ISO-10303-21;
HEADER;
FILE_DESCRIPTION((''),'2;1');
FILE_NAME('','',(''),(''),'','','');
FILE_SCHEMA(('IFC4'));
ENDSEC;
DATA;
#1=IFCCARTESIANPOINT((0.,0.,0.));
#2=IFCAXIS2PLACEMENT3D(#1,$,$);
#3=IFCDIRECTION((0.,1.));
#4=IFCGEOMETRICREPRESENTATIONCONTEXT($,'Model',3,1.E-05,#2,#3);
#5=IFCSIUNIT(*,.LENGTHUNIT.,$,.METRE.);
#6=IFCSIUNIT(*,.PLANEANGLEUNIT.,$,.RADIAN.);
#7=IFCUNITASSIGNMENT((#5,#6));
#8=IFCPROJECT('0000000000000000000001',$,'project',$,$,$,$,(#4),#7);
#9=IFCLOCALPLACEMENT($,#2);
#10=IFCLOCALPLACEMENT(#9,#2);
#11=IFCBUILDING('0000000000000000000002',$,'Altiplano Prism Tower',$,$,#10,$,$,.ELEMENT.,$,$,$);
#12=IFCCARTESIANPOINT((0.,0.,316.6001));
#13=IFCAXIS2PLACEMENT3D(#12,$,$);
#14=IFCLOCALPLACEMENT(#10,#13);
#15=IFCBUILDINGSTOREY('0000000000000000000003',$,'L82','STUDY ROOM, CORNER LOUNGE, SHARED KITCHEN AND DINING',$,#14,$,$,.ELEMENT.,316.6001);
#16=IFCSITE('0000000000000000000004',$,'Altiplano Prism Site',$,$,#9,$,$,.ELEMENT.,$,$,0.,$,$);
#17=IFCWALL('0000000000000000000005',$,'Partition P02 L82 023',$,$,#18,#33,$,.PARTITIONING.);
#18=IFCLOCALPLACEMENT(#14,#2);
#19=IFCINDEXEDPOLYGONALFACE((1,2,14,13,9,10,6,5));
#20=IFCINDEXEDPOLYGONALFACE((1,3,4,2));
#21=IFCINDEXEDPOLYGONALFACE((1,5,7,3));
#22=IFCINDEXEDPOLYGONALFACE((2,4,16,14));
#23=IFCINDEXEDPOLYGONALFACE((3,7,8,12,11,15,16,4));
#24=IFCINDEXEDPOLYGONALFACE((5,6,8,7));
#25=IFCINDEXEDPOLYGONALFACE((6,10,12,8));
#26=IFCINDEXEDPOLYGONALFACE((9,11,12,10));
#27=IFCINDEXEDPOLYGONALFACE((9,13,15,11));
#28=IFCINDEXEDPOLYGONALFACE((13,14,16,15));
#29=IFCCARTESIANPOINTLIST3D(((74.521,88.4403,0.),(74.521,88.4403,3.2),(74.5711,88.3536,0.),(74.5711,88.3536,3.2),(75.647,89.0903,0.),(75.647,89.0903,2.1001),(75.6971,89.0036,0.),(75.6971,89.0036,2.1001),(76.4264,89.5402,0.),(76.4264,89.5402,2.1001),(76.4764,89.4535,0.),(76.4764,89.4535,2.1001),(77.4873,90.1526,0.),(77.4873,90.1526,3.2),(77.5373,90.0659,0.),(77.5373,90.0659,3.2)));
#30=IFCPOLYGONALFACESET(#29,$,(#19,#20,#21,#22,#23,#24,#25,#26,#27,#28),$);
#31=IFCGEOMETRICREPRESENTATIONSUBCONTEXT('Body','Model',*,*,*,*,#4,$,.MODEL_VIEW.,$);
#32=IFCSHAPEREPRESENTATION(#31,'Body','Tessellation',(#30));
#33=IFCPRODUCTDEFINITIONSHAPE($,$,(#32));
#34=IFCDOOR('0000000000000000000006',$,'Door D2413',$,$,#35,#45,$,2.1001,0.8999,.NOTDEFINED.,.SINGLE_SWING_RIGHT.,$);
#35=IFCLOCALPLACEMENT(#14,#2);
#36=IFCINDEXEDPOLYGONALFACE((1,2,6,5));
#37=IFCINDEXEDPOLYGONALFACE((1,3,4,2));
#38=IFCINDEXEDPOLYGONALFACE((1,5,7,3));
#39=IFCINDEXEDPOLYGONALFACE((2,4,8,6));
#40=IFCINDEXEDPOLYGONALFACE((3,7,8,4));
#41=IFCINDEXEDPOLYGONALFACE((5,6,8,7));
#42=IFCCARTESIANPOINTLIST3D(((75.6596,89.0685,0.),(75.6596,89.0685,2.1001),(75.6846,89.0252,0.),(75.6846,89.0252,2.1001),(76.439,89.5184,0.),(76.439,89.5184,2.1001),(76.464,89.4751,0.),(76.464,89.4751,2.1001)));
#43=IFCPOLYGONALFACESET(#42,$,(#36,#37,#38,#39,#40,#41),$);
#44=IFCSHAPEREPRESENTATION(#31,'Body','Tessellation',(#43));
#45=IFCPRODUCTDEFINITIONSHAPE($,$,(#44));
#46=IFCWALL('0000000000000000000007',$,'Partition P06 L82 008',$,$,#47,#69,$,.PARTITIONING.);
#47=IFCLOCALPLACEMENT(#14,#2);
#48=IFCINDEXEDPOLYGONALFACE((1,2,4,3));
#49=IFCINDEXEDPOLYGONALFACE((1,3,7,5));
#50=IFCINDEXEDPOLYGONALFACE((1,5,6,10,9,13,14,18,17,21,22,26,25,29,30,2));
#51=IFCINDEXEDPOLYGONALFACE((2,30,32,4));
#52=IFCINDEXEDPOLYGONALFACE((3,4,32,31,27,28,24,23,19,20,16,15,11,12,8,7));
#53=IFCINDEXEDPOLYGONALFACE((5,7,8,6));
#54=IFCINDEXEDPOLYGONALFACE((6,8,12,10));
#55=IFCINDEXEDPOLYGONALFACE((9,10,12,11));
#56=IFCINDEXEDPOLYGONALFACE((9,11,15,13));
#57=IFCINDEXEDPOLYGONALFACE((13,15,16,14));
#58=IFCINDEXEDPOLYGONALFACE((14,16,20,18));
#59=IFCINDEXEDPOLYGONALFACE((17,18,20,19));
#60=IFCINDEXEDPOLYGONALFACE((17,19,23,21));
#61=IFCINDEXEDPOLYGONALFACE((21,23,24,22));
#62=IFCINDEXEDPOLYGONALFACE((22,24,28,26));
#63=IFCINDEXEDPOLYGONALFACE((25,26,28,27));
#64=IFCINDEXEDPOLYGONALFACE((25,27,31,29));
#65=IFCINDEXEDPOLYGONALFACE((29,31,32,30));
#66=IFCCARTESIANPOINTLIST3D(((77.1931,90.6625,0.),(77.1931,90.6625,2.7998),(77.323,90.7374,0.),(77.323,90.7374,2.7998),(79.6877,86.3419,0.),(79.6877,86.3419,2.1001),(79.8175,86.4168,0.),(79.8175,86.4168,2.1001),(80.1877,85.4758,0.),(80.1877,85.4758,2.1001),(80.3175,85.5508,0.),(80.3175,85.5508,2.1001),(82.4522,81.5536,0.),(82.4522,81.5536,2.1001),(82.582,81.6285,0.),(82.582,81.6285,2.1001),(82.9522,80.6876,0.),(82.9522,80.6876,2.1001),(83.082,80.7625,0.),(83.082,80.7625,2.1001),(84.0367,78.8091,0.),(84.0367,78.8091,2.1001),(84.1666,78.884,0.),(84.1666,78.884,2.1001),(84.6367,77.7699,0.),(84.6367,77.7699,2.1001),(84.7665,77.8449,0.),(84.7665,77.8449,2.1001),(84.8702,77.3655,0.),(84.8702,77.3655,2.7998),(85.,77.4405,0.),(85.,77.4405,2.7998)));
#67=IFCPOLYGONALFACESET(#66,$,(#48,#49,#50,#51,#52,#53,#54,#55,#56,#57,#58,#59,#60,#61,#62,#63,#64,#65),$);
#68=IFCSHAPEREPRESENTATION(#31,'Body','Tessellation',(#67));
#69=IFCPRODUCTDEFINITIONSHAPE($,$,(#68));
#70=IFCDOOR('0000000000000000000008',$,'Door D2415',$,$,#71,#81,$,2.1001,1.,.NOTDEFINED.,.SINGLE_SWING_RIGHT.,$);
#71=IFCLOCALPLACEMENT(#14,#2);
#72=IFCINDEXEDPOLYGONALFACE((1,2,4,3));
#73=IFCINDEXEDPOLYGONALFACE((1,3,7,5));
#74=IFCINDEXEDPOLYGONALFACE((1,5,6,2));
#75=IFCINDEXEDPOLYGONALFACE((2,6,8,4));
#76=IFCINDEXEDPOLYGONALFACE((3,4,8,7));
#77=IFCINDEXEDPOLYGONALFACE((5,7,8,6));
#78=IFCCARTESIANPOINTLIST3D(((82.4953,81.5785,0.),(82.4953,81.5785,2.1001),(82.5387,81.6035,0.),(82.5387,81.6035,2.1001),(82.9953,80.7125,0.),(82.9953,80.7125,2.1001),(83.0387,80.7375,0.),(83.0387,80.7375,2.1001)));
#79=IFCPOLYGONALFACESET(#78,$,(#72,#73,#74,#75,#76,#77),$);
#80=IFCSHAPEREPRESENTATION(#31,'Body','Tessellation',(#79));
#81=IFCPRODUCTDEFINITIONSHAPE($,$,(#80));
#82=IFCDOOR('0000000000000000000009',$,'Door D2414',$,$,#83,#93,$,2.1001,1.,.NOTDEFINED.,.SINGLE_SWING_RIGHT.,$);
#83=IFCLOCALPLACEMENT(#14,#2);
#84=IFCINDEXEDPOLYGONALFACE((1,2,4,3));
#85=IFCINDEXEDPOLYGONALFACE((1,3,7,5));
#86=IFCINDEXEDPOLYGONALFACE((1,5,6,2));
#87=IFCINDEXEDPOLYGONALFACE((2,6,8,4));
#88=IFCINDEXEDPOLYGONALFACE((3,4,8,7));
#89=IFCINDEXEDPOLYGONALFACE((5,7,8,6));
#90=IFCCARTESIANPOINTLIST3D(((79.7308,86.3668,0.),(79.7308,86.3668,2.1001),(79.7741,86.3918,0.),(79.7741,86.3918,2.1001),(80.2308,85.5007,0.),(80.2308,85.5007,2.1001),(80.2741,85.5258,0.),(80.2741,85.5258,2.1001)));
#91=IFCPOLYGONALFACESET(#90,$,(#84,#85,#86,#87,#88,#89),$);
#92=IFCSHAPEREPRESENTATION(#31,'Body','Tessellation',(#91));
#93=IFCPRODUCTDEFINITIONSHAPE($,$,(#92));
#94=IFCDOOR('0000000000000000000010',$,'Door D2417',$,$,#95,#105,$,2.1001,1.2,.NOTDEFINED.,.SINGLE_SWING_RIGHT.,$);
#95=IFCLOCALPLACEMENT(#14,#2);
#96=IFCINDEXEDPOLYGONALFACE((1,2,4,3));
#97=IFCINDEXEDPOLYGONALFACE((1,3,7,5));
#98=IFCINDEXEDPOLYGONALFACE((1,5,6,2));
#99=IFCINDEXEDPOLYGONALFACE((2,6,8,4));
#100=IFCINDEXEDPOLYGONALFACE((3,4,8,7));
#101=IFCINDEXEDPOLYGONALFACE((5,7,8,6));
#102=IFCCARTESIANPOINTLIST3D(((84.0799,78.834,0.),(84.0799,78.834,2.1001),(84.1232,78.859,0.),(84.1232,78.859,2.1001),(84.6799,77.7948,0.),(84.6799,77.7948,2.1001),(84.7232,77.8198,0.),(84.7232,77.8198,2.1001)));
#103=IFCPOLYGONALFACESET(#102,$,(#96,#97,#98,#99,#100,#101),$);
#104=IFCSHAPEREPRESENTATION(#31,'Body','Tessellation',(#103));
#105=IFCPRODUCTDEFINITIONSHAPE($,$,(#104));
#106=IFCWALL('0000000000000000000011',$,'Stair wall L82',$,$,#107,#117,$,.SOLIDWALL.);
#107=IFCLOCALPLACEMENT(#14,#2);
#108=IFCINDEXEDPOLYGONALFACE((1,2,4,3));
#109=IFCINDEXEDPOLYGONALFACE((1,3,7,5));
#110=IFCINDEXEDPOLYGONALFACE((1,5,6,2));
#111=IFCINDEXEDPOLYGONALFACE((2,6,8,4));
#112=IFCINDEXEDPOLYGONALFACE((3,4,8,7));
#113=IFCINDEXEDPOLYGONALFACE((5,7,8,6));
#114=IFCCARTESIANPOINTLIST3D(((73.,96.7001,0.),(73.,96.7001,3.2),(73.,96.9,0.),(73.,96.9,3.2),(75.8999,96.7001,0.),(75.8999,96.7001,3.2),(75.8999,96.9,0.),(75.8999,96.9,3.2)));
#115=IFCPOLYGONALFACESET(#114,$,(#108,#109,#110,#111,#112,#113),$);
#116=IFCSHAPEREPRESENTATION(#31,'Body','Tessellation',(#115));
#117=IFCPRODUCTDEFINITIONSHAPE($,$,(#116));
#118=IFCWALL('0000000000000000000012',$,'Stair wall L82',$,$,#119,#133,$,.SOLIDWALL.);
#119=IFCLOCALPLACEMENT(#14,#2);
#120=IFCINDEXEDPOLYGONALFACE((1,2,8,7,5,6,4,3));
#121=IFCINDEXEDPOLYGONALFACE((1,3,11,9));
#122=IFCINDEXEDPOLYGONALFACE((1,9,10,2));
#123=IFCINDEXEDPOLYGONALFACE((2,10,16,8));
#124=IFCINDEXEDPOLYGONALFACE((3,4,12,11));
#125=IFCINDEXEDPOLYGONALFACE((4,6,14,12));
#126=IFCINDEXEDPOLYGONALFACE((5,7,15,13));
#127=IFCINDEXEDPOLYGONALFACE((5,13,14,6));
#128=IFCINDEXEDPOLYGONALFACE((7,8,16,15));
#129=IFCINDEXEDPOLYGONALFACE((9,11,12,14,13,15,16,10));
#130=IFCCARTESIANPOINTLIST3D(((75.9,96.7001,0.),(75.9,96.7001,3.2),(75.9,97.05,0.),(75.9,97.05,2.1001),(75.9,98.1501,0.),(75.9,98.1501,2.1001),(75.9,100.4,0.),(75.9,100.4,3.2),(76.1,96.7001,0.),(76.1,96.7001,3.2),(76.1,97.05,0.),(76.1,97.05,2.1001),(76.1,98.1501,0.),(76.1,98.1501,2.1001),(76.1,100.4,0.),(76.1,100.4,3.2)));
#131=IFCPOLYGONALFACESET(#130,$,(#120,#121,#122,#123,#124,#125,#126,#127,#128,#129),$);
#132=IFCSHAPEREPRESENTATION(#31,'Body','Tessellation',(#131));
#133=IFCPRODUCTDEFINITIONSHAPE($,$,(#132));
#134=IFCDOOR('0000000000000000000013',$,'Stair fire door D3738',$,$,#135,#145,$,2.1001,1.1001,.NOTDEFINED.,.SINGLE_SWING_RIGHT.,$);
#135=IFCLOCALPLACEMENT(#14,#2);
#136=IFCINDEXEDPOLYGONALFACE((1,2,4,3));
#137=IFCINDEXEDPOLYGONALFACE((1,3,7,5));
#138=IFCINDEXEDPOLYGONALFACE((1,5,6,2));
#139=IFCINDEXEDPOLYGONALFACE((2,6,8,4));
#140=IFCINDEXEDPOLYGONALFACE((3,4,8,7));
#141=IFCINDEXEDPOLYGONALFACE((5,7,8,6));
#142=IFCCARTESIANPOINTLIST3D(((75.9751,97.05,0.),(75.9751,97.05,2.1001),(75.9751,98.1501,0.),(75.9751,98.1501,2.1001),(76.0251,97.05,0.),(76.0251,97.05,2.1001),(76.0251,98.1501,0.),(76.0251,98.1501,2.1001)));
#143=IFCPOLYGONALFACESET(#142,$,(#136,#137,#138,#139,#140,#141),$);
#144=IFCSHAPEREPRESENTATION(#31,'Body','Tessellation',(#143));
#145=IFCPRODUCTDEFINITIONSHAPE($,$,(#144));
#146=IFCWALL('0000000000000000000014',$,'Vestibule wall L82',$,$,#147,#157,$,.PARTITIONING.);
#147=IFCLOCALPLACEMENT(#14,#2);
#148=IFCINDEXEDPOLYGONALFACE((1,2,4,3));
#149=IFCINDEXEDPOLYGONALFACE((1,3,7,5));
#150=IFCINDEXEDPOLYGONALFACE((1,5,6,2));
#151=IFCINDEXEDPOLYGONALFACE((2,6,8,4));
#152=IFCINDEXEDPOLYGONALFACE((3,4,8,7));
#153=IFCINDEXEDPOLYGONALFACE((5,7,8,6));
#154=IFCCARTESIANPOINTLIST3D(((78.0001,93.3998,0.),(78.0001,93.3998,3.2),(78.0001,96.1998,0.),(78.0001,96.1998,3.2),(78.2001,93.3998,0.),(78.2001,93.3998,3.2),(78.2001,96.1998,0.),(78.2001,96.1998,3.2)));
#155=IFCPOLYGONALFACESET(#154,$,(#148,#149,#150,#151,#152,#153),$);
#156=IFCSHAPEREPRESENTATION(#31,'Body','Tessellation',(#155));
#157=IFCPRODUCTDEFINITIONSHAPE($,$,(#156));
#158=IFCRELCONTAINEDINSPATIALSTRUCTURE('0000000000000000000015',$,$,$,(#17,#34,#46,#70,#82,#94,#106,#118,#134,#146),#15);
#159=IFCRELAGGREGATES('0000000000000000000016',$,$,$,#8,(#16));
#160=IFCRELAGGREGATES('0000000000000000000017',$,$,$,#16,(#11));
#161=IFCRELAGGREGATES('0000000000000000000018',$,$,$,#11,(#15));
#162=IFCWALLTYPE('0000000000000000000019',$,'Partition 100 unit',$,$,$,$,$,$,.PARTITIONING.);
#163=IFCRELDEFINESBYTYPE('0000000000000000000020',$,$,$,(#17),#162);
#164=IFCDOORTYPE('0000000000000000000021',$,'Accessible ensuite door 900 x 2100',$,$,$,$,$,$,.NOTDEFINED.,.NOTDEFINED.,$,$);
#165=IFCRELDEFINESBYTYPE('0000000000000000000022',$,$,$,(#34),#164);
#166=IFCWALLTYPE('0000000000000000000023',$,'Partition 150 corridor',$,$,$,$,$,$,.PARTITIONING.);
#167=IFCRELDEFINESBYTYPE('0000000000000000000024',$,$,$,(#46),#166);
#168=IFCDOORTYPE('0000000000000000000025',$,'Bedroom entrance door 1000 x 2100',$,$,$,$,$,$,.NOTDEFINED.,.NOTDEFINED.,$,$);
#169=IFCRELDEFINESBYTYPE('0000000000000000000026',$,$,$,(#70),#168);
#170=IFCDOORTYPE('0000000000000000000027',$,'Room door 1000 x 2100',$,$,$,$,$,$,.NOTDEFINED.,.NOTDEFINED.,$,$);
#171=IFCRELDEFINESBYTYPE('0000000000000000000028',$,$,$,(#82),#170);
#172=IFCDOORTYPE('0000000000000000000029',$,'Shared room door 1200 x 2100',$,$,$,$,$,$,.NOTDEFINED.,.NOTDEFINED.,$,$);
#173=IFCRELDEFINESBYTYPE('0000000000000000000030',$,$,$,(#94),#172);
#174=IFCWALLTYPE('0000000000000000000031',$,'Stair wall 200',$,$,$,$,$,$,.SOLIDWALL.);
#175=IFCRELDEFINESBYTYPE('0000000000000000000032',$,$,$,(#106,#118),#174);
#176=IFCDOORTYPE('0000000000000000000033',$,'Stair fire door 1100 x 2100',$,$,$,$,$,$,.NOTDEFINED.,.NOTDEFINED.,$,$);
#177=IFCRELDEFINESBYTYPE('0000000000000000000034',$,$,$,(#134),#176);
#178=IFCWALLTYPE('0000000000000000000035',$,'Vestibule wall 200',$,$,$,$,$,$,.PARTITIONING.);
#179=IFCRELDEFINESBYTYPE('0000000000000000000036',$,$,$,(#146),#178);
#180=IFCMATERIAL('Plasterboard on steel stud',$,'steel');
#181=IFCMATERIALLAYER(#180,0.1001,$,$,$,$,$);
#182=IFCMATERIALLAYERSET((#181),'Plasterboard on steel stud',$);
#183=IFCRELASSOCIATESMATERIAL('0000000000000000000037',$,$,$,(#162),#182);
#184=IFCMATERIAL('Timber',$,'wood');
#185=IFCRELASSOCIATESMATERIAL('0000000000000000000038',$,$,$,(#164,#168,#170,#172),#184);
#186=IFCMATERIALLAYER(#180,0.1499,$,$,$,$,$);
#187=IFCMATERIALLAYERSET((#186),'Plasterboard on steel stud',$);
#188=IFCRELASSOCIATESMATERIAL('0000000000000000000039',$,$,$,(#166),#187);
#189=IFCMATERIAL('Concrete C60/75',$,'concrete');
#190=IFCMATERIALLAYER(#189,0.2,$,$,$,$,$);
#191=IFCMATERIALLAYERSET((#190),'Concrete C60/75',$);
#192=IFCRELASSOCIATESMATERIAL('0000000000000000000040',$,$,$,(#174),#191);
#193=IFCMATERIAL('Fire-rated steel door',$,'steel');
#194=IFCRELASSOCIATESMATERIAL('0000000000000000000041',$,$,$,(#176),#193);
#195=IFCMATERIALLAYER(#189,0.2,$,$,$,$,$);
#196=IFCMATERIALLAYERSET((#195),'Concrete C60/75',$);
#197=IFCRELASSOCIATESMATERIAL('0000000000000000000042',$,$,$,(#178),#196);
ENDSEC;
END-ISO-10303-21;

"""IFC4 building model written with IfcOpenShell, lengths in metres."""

from ifc_helpers import new_model, si_unit, direction, frame, frame_2d, origin, place, context, subcontext, project, spatial, rectangle, extrude, material, layer, layer_set, type_object, element, fill, save


model = new_model("IFC4")

# Units and contexts
model_context = context("Model", 3, precision=1e-05, world=origin(), true_north=direction((0.0, 1.0)))
body_context = subcontext(model_context, "Body", "Model", "MODEL_VIEW")
ifc_project = project(units=[si_unit("LENGTHUNIT", "METRE"), si_unit("PLANEANGLEUNIT", "RADIAN")], contexts=[model_context])

# Site, building, storey
site_placement = place(None, origin())
site = spatial("IfcSite", under=ifc_project, at=site_placement, Name="Altiplano Prism Site", CompositionType="ELEMENT", RefElevation=0.0)
building_placement = place(site_placement, origin())
building = spatial("IfcBuilding", under=site, at=building_placement, Name="Altiplano Prism Tower", CompositionType="ELEMENT")
storey_placement = place(building_placement, frame((0.0, 0.0, 316.6001)))
storey = spatial("IfcBuildingStorey", under=building, at=storey_placement, Name="L82", Description="STUDY ROOM, CORNER LOUNGE, SHARED KITCHEN AND DINING", CompositionType="ELEMENT", Elevation=316.6001)

# Shared definitions
ifc_material_1 = material(Name="Concrete C60/75", Category="concrete")

# Shared definitions
ifc_material_2 = material(Name="Fire-rated steel door", Category="steel")

# Shared definitions
ifc_material_3 = material(Name="Plasterboard on steel stud", Category="steel")
ifc_layer_1 = layer(ifc_material_3, 0.1001)
ifc_layer_set_1 = layer_set([ifc_layer_1], Name="Plasterboard on steel stud")
wall_type_1 = type_object("IfcWallType", Name="Partition 100 unit", PredefinedType="PARTITIONING", material=ifc_layer_set_1)

# Wall, opening, door
wall_1_placement = place(storey_placement, frame((74.5461, 88.397, 0.0), z_axis=(0.0, 0.0, 1.0), x_axis=(0.86605, 0.499957, 0.0)))
wall_1 = element("IfcWall", 1, at=wall_1_placement, inside=storey, type_object=wall_type_1, Name="Partition P02 L82 023", PredefinedType="PARTITIONING", context=body_context, shape_type="SweptSolid", body=[
    extrude(rectangle(XDim=3.425, YDim=0.1001, at=frame_2d((1.7124, 0.0))), origin(), (0.0, 0.0, 1.0), 3.2),
])
opening_1_placement = place(wall_1_placement, frame((1.3, 0.0, 0.0)))
opening_1 = element("IfcOpeningElement", 2, at=opening_1_placement, cuts=wall_1, PredefinedType="OPENING", context=body_context, shape_type="SweptSolid", body=[
    extrude(rectangle(XDim=0.8999, YDim=2.1001, at=frame_2d((0.45, 1.05))), frame((0.0, 0.0605, 0.0), z_axis=(0.0, -1.0, 0.0), x_axis=(1.0, 0.0, 0.0)), (0.0, 0.0, 1.0), 0.1211),
])
ifc_material_4 = material(Name="Timber", Category="wood")
door_type_1 = type_object("IfcDoorType", Name="Accessible ensuite door 900 x 2100", OperationType="NOTDEFINED", PredefinedType="NOTDEFINED", material=ifc_material_4)
door_1_placement = place(opening_1_placement, origin())
door_1 = element("IfcDoor", 3, at=door_1_placement, inside=storey, type_object=door_type_1, Name="Door D2413", OperationType="SINGLE_SWING_RIGHT", OverallHeight=2.1001, OverallWidth=0.8999, PredefinedType="NOTDEFINED", context=body_context, shape_type="SweptSolid", body=[
    extrude(rectangle(XDim=0.8999, YDim=2.1001, at=frame_2d((0.45, 1.05))), frame((0.0, 0.0249, 0.0), z_axis=(0.0, -1.0, 0.0), x_axis=(1.0, 0.0, 0.0)), (0.0, 0.0, 1.0), 0.05),
])
fill(opening_1, door_1)

# Wall, openings, doors
ifc_layer_2 = layer(ifc_material_3, 0.1499)
ifc_layer_set_2 = layer_set([ifc_layer_2], Name="Plasterboard on steel stud")
wall_type_2 = type_object("IfcWallType", Name="Partition 150 corridor", PredefinedType="PARTITIONING", material=ifc_layer_set_2)
wall_2_placement = place(storey_placement, frame((77.2581, 90.7, 0.0), z_axis=(0.0, 0.0, 1.0), x_axis=(0.500002, -0.866024, 0.0)))
wall_2 = element("IfcWall", 4, at=wall_2_placement, inside=storey, type_object=wall_type_2, Name="Partition P06 L82 008", PredefinedType="PARTITIONING", context=body_context, shape_type="SweptSolid", body=[
    extrude(rectangle(XDim=15.354, YDim=0.1499, at=frame_2d((7.677, 0.0))), origin(), (0.0, 0.0, 1.0), 2.7998),
])
opening_2_placement = place(wall_2_placement, frame((4.989, 0.0, 0.0)))
opening_2 = element("IfcOpeningElement", 5, at=opening_2_placement, cuts=wall_2, PredefinedType="OPENING", context=body_context, shape_type="SweptSolid", body=[
    extrude(rectangle(XDim=1.0, YDim=2.1001, at=frame_2d((0.5, 1.05))), frame((0.0, 0.0854, 0.0), z_axis=(0.0, -1.0, 0.0), x_axis=(1.0, 0.0, 0.0)), (0.0, 0.0, 1.0), 0.1709),
])
opening_3_placement = place(wall_2_placement, frame((10.5181, 0.0, 0.0)))
opening_3 = element("IfcOpeningElement", 6, at=opening_3_placement, cuts=wall_2, PredefinedType="OPENING", context=body_context, shape_type="SweptSolid", body=[
    extrude(rectangle(XDim=1.0, YDim=2.1001, at=frame_2d((0.5, 1.05))), frame((0.0, 0.0854, 0.0), z_axis=(0.0, -1.0, 0.0), x_axis=(1.0, 0.0, 0.0)), (0.0, 0.0, 1.0), 0.1709),
])
opening_4_placement = place(wall_2_placement, frame((13.687, 0.0, 0.0)))
opening_4 = element("IfcOpeningElement", 7, at=opening_4_placement, cuts=wall_2, PredefinedType="OPENING", context=body_context, shape_type="SweptSolid", body=[
    extrude(rectangle(XDim=1.2, YDim=2.1001, at=frame_2d((0.6001, 1.05))), frame((0.0, 0.0854, 0.0), z_axis=(0.0, -1.0, 0.0), x_axis=(1.0, 0.0, 0.0)), (0.0, 0.0, 1.0), 0.1709),
])
door_type_2 = type_object("IfcDoorType", Name="Bedroom entrance door 1000 x 2100", OperationType="NOTDEFINED", PredefinedType="NOTDEFINED", material=ifc_material_4)
door_2_placement = place(opening_3_placement, origin())
door_2 = element("IfcDoor", 8, at=door_2_placement, inside=storey, type_object=door_type_2, Name="Door D2415", OperationType="SINGLE_SWING_RIGHT", OverallHeight=2.1001, OverallWidth=1.0, PredefinedType="NOTDEFINED", context=body_context, shape_type="SweptSolid", body=[
    extrude(rectangle(XDim=1.0, YDim=2.1001, at=frame_2d((0.5, 1.05))), frame((0.0, 0.0249, 0.0), z_axis=(0.0, -1.0, 0.0), x_axis=(1.0, 0.0, 0.0)), (0.0, 0.0, 1.0), 0.05),
])
fill(opening_3, door_2)
door_type_3 = type_object("IfcDoorType", Name="Room door 1000 x 2100", OperationType="NOTDEFINED", PredefinedType="NOTDEFINED", material=ifc_material_4)
door_3_placement = place(opening_2_placement, origin())
door_3 = element("IfcDoor", 9, at=door_3_placement, inside=storey, type_object=door_type_3, Name="Door D2414", OperationType="SINGLE_SWING_RIGHT", OverallHeight=2.1001, OverallWidth=1.0, PredefinedType="NOTDEFINED", context=body_context, shape_type="SweptSolid", body=[
    extrude(rectangle(XDim=1.0, YDim=2.1001, at=frame_2d((0.5, 1.05))), frame((0.0, 0.0249, 0.0), z_axis=(0.0, -1.0, 0.0), x_axis=(1.0, 0.0, 0.0)), (0.0, 0.0, 1.0), 0.05),
])
fill(opening_2, door_3)
door_type_4 = type_object("IfcDoorType", Name="Shared room door 1200 x 2100", OperationType="NOTDEFINED", PredefinedType="NOTDEFINED", material=ifc_material_4)
door_4_placement = place(opening_4_placement, origin())
door_4 = element("IfcDoor", 10, at=door_4_placement, inside=storey, type_object=door_type_4, Name="Door D2417", OperationType="SINGLE_SWING_RIGHT", OverallHeight=2.1001, OverallWidth=1.2, PredefinedType="NOTDEFINED", context=body_context, shape_type="SweptSolid", body=[
    extrude(rectangle(XDim=1.2, YDim=2.1001, at=frame_2d((0.6001, 1.05))), frame((0.0, 0.0249, 0.0), z_axis=(0.0, -1.0, 0.0), x_axis=(1.0, 0.0, 0.0)), (0.0, 0.0, 1.0), 0.05),
])
fill(opening_4, door_4)

# Wall
ifc_layer_3 = layer(ifc_material_1, 0.2)
ifc_layer_set_3 = layer_set([ifc_layer_3], Name="Concrete C60/75")
wall_type_3 = type_object("IfcWallType", Name="Stair wall 200", PredefinedType="SOLIDWALL", material=ifc_layer_set_3)
wall_3_placement = place(storey_placement, frame((73.0, 96.8, 0.0), z_axis=(0.0, 0.0, 1.0), x_axis=(1.0, 0.0, 0.0)))
element("IfcWall", 11, at=wall_3_placement, inside=storey, type_object=wall_type_3, Name="Stair wall L82", PredefinedType="SOLIDWALL", context=body_context, shape_type="SweptSolid", body=[
    extrude(rectangle(XDim=2.8999, YDim=0.2, at=frame_2d((1.45, 0.0))), origin(), (0.0, 0.0, 1.0), 3.2),
])

# Wall, opening, door
wall_4_placement = place(storey_placement, frame((76.0, 96.7, 0.0), z_axis=(0.0, 0.0, 1.0), x_axis=(0.0, 1.0, 0.0)))
wall_4 = element("IfcWall", 12, at=wall_4_placement, inside=storey, type_object=wall_type_3, Name="Stair wall L82", PredefinedType="SOLIDWALL", context=body_context, shape_type="SweptSolid", body=[
    extrude(rectangle(XDim=3.7, YDim=0.2, at=frame_2d((1.8501, 0.0))), origin(), (0.0, 0.0, 1.0), 3.2),
])
opening_5_placement = place(wall_4_placement, frame((0.3501, 0.0, 0.0)))
opening_5 = element("IfcOpeningElement", 13, at=opening_5_placement, cuts=wall_4, PredefinedType="OPENING", context=body_context, shape_type="SweptSolid", body=[
    extrude(rectangle(XDim=1.1001, YDim=2.1001, at=frame_2d((0.55, 1.05))), frame((0.0, 0.1104, 0.0), z_axis=(0.0, -1.0, 0.0), x_axis=(1.0, 0.0, 0.0)), (0.0, 0.0, 1.0), 0.2209),
])
door_type_5 = type_object("IfcDoorType", Name="Stair fire door 1100 x 2100", OperationType="NOTDEFINED", PredefinedType="NOTDEFINED", material=ifc_material_2)
door_5_placement = place(opening_5_placement, origin())
door_5 = element("IfcDoor", 14, at=door_5_placement, inside=storey, type_object=door_type_5, Name="Stair fire door D3738", OperationType="SINGLE_SWING_RIGHT", OverallHeight=2.1001, OverallWidth=1.1001, PredefinedType="NOTDEFINED", context=body_context, shape_type="SweptSolid", body=[
    extrude(rectangle(XDim=1.1001, YDim=2.1001, at=frame_2d((0.55, 1.05))), frame((0.0, 0.0249, 0.0), z_axis=(0.0, -1.0, 0.0), x_axis=(1.0, 0.0, 0.0)), (0.0, 0.0, 1.0), 0.05),
])
fill(opening_5, door_5)

# Wall
ifc_layer_4 = layer(ifc_material_1, 0.2)
ifc_layer_set_4 = layer_set([ifc_layer_4], Name="Concrete C60/75")
wall_type_4 = type_object("IfcWallType", Name="Vestibule wall 200", PredefinedType="PARTITIONING", material=ifc_layer_set_4)
wall_5_placement = place(storey_placement, frame((78.1001, 93.3999, 0.0), z_axis=(0.0, 0.0, 1.0), x_axis=(0.0, 1.0, 0.0)))
element("IfcWall", 15, at=wall_5_placement, inside=storey, type_object=wall_type_4, Name="Vestibule wall L82", PredefinedType="PARTITIONING", context=body_context, shape_type="SweptSolid", body=[
    extrude(rectangle(XDim=2.8, YDim=0.2, at=frame_2d((1.3999, 0.0))), origin(), (0.0, 0.0, 1.0), 3.2),
])

save(model, "model.ifc")
